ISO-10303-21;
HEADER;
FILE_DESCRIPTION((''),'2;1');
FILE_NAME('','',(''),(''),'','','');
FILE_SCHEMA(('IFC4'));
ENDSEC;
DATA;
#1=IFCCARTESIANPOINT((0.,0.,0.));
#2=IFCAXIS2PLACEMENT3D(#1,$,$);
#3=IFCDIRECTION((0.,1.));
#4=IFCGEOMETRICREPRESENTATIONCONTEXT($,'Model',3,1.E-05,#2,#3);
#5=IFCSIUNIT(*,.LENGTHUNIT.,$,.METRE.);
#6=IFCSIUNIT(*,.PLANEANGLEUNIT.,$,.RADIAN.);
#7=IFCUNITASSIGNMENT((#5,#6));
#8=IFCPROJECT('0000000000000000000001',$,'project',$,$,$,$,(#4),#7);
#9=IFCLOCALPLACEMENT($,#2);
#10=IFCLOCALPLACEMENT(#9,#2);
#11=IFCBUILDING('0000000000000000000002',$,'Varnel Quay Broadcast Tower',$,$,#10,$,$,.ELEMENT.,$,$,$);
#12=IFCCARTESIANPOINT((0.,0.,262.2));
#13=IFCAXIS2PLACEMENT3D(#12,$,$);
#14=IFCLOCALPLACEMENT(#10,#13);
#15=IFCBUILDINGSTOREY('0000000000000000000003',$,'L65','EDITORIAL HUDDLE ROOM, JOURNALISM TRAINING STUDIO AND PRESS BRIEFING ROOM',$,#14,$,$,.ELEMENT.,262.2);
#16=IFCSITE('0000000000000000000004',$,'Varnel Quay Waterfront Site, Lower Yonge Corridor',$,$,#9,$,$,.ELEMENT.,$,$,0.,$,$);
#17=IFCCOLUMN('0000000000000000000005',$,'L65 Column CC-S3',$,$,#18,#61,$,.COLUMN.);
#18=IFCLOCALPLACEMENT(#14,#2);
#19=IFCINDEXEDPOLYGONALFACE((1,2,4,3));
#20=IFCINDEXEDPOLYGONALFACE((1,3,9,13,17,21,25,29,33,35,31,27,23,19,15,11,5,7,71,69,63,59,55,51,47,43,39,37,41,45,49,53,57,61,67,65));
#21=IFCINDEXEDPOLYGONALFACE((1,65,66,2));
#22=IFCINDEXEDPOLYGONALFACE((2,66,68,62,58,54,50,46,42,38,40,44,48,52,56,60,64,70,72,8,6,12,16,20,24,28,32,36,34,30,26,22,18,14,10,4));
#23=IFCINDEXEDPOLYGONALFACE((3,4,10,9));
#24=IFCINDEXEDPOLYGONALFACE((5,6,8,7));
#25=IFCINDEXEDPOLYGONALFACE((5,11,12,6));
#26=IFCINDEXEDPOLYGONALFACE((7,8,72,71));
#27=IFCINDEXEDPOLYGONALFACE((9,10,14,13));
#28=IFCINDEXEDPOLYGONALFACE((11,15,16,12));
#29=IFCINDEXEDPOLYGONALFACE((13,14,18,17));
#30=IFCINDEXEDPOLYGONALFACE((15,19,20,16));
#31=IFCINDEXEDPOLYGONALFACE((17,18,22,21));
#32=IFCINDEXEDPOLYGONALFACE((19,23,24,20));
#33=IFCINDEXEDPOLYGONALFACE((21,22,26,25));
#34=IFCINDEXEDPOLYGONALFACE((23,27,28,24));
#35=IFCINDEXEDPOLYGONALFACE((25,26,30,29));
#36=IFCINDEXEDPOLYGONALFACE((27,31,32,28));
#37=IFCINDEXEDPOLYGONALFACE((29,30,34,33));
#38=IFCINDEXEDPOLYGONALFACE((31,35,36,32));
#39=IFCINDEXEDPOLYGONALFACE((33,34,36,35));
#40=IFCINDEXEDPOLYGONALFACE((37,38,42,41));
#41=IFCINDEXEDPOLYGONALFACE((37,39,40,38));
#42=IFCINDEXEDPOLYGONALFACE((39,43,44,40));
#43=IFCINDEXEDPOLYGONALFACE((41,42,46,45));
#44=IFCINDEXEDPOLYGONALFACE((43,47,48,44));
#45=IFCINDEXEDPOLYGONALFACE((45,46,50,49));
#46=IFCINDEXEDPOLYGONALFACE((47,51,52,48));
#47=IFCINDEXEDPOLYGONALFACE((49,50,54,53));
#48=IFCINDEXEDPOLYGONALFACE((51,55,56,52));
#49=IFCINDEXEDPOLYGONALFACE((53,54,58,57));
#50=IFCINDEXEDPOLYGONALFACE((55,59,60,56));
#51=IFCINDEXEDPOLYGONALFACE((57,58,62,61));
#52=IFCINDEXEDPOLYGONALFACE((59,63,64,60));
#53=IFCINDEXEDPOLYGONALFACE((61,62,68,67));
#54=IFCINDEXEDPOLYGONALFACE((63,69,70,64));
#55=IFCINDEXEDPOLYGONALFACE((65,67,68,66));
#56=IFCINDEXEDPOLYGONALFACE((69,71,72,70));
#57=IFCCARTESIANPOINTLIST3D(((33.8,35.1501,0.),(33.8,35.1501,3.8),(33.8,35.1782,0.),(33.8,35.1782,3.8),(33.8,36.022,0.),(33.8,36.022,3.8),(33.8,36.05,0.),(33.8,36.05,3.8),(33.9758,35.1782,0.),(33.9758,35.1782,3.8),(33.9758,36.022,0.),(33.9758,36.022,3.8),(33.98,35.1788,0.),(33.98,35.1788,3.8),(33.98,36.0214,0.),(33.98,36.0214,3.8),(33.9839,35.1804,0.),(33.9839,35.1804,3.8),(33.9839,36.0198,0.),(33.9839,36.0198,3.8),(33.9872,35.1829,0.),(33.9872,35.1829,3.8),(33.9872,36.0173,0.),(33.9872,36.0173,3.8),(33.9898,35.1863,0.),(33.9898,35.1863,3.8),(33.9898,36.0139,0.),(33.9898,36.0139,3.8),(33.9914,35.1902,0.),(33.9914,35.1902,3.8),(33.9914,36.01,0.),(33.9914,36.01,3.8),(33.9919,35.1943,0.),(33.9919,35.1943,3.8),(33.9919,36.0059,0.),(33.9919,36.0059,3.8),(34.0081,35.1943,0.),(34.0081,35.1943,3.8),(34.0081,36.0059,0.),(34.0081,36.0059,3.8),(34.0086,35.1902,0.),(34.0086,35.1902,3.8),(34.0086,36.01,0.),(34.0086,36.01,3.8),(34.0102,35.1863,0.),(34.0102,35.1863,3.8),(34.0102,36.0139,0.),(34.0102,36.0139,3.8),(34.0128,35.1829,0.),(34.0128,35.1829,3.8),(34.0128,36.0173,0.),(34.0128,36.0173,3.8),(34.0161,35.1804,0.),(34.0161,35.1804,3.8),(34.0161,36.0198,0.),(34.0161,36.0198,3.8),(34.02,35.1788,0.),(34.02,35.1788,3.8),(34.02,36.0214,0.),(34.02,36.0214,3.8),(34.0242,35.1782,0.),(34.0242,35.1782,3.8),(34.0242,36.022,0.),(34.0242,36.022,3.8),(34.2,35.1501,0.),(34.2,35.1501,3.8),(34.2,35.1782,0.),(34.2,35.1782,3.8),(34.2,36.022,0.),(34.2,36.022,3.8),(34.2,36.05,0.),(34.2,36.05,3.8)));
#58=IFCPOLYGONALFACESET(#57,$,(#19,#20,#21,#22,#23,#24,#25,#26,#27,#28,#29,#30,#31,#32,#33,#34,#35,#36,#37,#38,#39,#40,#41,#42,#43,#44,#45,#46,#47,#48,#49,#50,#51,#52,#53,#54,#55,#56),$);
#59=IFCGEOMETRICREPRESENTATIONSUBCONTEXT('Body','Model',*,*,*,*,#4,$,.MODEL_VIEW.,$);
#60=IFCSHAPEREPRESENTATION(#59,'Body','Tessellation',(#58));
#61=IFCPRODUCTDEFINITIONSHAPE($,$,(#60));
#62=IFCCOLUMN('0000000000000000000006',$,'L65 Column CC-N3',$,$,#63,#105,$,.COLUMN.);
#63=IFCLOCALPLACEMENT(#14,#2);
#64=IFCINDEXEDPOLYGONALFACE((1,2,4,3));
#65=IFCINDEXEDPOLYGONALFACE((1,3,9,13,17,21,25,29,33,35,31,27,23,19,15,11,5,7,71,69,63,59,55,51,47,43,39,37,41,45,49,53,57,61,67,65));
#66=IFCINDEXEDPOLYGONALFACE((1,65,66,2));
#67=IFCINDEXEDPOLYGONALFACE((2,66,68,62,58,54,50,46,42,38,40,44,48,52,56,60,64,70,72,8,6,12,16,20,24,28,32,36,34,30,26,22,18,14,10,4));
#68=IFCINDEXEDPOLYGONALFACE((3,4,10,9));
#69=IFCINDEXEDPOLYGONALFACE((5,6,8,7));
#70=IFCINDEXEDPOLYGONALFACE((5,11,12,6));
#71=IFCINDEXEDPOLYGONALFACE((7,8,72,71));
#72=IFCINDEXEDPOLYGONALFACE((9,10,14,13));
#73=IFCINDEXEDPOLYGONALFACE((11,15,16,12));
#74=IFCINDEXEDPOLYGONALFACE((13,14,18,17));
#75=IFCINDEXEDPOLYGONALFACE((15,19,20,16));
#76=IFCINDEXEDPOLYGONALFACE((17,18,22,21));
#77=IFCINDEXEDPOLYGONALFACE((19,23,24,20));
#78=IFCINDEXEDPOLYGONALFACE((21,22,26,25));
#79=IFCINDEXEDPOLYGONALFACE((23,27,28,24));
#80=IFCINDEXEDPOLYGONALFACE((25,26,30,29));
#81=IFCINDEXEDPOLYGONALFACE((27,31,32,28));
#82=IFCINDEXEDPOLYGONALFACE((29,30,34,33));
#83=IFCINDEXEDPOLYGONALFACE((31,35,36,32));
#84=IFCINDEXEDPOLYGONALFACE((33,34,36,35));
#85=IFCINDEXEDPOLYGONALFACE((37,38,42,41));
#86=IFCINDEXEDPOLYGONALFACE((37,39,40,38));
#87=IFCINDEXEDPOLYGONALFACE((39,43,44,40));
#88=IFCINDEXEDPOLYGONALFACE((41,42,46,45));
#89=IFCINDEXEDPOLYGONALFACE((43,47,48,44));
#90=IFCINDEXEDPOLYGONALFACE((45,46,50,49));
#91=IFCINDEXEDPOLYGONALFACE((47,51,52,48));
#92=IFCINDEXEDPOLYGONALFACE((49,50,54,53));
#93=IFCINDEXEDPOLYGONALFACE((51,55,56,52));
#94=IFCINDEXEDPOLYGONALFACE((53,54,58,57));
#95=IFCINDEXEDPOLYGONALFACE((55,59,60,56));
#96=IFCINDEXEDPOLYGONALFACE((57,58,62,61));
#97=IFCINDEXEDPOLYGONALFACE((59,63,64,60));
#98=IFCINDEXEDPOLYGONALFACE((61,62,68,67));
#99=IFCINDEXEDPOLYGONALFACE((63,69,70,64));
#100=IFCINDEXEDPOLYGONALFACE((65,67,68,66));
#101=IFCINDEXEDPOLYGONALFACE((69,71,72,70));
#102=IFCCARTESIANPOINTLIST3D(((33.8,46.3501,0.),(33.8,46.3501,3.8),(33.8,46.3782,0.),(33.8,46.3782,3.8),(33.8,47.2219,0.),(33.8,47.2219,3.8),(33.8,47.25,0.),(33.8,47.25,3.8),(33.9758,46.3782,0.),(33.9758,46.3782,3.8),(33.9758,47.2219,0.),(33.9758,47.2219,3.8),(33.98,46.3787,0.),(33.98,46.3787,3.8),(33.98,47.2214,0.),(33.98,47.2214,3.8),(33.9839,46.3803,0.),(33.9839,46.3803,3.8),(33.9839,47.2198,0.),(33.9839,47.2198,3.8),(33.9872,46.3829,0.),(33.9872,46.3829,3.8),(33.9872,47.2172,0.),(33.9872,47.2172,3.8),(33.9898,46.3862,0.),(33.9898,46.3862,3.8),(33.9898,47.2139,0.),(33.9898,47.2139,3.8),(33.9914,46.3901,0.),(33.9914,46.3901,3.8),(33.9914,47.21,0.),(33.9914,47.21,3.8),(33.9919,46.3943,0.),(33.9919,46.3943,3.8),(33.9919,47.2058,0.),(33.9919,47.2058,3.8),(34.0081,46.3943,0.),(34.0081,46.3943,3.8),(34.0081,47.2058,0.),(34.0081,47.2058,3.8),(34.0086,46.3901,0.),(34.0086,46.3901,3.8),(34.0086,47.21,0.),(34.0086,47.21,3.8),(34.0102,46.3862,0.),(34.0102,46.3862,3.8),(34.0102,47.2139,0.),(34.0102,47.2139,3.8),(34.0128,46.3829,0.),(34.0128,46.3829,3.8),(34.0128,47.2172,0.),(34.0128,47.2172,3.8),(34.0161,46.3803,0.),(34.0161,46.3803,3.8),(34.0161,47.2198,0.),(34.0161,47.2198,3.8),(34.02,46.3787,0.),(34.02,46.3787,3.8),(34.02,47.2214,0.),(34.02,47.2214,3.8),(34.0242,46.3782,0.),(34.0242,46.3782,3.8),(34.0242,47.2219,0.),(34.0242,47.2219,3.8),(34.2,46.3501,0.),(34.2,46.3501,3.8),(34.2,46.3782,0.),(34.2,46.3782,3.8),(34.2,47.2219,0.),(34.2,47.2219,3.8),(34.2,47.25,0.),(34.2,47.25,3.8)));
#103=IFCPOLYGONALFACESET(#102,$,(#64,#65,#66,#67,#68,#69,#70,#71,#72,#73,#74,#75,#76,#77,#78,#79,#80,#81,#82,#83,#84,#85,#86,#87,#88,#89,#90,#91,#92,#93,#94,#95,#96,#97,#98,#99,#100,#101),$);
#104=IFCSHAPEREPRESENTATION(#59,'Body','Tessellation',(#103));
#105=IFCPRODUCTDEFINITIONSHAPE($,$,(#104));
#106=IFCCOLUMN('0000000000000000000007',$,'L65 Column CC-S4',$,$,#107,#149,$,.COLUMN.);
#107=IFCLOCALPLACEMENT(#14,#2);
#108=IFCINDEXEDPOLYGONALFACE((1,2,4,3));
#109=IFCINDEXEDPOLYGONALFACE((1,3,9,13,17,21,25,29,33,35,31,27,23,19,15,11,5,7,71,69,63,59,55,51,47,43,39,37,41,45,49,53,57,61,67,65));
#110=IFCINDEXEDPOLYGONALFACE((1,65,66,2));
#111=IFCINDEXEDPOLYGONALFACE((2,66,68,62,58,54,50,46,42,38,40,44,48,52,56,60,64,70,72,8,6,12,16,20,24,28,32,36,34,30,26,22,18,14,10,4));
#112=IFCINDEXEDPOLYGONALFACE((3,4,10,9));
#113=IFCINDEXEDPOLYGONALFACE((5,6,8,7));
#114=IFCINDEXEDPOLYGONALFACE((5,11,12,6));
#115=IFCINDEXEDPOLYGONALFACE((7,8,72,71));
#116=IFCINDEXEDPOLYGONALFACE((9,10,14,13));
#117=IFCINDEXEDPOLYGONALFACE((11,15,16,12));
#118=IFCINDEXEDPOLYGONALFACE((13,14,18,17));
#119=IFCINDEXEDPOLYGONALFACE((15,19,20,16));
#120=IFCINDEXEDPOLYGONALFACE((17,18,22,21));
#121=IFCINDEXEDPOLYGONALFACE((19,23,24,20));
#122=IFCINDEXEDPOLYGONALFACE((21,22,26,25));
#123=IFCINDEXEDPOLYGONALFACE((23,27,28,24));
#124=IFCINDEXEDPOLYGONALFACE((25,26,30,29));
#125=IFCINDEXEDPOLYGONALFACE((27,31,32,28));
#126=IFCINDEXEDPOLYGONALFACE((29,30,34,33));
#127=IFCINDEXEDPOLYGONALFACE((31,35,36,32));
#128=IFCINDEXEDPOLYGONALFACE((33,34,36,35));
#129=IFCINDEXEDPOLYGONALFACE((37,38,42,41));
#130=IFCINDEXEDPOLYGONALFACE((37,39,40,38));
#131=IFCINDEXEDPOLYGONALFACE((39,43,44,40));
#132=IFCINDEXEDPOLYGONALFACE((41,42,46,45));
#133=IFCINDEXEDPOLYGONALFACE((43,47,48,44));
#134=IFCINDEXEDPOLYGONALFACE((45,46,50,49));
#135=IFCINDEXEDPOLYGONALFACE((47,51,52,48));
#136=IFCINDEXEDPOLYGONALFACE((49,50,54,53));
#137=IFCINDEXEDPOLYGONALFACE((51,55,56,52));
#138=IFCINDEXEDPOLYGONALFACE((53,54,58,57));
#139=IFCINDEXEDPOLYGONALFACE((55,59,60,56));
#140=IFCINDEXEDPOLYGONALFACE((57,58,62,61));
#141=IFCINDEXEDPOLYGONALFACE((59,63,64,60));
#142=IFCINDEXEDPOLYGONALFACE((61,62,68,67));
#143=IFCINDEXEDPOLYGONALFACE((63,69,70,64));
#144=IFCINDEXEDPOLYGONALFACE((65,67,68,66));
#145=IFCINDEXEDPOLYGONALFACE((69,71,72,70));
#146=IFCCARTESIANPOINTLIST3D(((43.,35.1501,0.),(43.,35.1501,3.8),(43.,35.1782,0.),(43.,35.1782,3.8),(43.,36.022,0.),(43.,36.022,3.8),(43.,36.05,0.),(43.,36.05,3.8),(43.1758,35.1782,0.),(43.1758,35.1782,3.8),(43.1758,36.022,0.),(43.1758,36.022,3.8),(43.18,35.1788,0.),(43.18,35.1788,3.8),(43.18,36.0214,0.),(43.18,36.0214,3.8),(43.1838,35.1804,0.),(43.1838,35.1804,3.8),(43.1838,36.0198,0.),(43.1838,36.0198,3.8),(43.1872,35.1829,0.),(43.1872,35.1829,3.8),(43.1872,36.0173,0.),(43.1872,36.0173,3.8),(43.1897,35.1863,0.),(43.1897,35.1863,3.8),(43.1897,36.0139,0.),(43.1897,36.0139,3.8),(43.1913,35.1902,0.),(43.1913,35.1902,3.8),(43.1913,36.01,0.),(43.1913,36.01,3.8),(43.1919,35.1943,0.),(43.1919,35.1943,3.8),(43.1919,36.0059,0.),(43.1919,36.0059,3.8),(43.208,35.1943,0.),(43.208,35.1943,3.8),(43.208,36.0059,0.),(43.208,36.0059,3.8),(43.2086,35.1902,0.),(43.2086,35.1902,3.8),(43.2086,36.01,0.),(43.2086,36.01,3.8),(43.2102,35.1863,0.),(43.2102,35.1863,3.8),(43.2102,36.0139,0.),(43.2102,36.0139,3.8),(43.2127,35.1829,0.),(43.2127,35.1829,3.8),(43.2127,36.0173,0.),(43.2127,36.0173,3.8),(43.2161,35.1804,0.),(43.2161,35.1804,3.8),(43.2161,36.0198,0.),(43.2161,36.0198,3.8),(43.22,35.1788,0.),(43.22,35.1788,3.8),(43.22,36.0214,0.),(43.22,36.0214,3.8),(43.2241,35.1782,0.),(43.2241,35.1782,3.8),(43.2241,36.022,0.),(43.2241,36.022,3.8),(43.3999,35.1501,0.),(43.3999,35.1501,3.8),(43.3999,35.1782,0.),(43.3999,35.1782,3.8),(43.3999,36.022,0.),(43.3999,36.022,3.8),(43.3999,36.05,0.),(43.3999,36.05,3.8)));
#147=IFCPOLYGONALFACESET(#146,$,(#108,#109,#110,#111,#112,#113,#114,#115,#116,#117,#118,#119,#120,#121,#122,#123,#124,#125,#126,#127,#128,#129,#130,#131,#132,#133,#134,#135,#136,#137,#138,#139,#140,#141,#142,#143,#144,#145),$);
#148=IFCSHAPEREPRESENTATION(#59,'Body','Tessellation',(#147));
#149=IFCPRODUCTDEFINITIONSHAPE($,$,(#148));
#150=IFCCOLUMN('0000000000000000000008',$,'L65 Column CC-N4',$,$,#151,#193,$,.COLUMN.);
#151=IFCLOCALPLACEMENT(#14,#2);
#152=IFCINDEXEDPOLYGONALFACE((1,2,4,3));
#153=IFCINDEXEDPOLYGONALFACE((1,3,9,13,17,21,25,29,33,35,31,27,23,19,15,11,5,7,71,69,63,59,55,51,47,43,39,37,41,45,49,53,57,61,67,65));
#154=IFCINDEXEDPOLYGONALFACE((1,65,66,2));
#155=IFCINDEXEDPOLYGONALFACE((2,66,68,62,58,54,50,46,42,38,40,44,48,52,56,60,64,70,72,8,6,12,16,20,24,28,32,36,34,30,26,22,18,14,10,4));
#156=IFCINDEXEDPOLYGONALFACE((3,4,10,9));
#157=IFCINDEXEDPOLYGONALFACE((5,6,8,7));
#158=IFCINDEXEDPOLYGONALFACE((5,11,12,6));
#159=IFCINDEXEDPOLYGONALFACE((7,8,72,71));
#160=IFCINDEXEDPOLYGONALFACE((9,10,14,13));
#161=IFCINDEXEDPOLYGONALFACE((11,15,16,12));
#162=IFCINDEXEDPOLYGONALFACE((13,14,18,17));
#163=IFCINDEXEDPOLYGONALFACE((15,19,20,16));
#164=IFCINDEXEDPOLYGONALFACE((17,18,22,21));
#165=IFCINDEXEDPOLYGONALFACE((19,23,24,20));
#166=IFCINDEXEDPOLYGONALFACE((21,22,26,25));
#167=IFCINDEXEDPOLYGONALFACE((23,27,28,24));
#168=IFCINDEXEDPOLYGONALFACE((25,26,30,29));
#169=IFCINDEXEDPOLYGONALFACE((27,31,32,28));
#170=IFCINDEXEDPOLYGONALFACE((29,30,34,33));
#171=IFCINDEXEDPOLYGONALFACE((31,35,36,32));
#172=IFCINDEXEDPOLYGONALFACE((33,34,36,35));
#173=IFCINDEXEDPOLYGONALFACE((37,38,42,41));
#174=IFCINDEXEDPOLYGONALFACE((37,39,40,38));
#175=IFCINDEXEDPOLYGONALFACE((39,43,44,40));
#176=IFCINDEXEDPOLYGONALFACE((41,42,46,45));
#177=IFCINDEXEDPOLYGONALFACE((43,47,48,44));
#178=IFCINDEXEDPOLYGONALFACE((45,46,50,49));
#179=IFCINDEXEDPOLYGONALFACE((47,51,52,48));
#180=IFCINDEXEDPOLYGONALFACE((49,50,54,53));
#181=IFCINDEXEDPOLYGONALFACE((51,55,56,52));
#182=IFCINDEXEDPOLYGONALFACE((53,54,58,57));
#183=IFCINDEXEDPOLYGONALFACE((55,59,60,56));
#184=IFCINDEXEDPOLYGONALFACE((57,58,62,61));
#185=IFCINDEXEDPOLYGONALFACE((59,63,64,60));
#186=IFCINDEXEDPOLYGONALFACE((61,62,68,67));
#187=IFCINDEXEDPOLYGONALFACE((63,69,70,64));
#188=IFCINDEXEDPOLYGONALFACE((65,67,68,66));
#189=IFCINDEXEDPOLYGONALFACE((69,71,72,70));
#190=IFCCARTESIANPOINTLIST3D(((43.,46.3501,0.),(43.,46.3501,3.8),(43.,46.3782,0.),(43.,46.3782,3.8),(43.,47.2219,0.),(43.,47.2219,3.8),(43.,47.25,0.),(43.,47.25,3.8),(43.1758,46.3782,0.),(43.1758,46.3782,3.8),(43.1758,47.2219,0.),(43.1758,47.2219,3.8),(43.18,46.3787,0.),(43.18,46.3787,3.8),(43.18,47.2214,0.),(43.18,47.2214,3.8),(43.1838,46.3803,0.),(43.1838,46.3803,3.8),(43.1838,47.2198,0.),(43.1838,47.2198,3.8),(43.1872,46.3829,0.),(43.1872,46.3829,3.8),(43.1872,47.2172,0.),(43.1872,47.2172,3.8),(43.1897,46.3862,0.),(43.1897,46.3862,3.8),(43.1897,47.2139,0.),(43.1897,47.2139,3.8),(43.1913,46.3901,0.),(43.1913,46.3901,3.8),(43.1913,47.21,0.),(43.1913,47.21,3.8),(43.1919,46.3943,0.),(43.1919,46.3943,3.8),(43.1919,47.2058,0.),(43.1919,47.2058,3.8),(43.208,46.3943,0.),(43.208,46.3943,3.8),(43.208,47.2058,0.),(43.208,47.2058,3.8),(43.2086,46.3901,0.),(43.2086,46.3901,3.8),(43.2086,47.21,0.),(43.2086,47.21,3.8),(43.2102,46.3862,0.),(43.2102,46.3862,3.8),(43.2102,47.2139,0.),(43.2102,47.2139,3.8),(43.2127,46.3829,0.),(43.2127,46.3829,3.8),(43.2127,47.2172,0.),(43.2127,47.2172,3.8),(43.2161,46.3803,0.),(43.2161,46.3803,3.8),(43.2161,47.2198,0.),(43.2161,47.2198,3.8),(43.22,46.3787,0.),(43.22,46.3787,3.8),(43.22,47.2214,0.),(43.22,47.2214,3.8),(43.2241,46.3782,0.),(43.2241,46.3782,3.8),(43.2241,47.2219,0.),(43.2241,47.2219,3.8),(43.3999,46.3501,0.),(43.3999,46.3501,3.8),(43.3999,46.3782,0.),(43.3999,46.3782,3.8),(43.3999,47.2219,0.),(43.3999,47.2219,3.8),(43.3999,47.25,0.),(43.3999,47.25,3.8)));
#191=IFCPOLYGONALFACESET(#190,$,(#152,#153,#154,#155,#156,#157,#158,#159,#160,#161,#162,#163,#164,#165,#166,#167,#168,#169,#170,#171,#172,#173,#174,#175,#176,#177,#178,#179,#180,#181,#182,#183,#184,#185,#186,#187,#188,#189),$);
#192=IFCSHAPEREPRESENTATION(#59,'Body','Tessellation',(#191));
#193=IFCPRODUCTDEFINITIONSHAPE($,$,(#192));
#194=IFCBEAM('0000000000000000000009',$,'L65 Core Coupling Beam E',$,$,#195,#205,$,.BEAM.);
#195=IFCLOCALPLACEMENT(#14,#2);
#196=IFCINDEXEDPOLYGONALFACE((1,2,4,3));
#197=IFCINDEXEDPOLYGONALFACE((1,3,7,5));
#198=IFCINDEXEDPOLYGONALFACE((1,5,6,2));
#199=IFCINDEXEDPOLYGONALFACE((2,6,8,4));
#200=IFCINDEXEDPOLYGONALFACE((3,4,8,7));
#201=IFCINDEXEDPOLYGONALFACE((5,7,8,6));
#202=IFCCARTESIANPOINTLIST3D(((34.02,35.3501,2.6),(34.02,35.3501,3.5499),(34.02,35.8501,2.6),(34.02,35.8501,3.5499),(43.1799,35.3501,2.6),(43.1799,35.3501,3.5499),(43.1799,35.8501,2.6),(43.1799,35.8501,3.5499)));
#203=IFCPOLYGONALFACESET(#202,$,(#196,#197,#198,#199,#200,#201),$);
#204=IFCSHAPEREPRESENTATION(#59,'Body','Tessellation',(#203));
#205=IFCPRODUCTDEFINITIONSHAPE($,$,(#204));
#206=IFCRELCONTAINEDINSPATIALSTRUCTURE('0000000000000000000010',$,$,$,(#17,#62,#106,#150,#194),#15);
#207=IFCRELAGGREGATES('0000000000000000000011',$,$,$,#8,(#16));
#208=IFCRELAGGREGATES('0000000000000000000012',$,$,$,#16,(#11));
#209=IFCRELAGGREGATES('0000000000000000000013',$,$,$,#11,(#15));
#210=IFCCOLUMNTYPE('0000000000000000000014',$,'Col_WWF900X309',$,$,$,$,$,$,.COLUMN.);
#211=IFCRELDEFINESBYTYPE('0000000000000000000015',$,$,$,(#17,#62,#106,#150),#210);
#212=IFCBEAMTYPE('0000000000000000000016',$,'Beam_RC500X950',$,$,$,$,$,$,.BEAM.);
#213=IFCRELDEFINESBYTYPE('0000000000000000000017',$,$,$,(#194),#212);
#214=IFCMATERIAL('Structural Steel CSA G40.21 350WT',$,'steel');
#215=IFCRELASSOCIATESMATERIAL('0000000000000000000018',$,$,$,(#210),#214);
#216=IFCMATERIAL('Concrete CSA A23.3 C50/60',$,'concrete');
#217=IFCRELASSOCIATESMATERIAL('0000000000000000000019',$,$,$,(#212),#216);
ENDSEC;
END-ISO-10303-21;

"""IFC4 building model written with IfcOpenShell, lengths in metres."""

from ifc_helpers import new_model, si_unit, direction, frame, origin, origin_2d, place, context, subcontext, project, spatial, rectangle, i_section, extrude, source, transform, mapped, material, material_profile, profile_set, type_object, type_shapes, element, save


model = new_model("IFC4")

# Units and contexts
model_context = context("Model", 3, precision=1e-05, world=origin(), true_north=direction((0.0, 1.0)))
body_context = subcontext(model_context, "Body", "Model", "MODEL_VIEW")
ifc_project = project(units=[si_unit("LENGTHUNIT", "METRE"), si_unit("PLANEANGLEUNIT", "RADIAN")], contexts=[model_context])

# Site, building, storey
site_placement = place(None, origin())
site = spatial("IfcSite", under=ifc_project, at=site_placement, Name="Varnel Quay Waterfront Site, Lower Yonge Corridor", CompositionType="ELEMENT", RefElevation=0.0)
building_placement = place(site_placement, origin())
building = spatial("IfcBuilding", under=site, at=building_placement, Name="Varnel Quay Broadcast Tower", CompositionType="ELEMENT")
storey_placement = place(building_placement, frame((0.0, 0.0, 262.2)))
storey = spatial("IfcBuildingStorey", under=building, at=storey_placement, Name="L65", Description="EDITORIAL HUDDLE ROOM, JOURNALISM TRAINING STUDIO AND PRESS BRIEFING ROOM", CompositionType="ELEMENT", Elevation=262.2)

# Columns
ifc_material_1 = material(Name="Structural Steel CSA G40.21 350WT", Category="steel")
ifc_material_profile_1 = material_profile(ifc_material_1, i_section(OverallWidth=0.3999, OverallDepth=0.8999, WebThickness=0.0161, FlangeThickness=0.0281, FilletRadius=0.0161, at=origin_2d()), Name="WWF900X309")
ifc_profile_set_1 = profile_set([ifc_material_profile_1], Name="Structural Steel CSA G40.21 350WT")
column_type = type_object("IfcColumnType", Name="Col_WWF900X309", PredefinedType="COLUMN", material=ifc_profile_set_1)
shared_shape_1 = source(origin(), body_context, "Body", "SweptSolid", [
    extrude(i_section(OverallWidth=0.3999, OverallDepth=0.8999, WebThickness=0.0161, FlangeThickness=0.0281, FilletRadius=0.0161, at=origin_2d()), origin(), (0.0, 0.0, 1.0), 3.8),
])
type_shapes(column_type, [shared_shape_1])
for number, where, z_axis, x_axis, name in (
    (1, (34.0, 35.6001, 0.0), (0.0, 0.0, 1.0), (1.0, 0.0, 0.0), "L65 Column CC-S3"),
    (2, (34.0, 46.8, 0.0), (0.0, 0.0, 1.0), (1.0, 0.0, 0.0), "L65 Column CC-N3"),
    (3, (43.2, 35.6001, 0.0), (0.0, 0.0, 1.0), (1.0, 0.0, 0.0), "L65 Column CC-S4"),
    (4, (43.2, 46.8, 0.0), (0.0, 0.0, 1.0), (1.0, 0.0, 0.0), "L65 Column CC-N4"),
):
    element("IfcColumn", number, at=place(storey_placement, frame(where, z_axis=z_axis, x_axis=x_axis)), inside=storey, type_object=column_type, Name=name, PredefinedType="COLUMN", context=body_context, shape_type="MappedRepresentation", body=[
        mapped(shared_shape_1, transform((0.0, 0.0, 0.0), x_axis=(1.0, 0.0, 0.0), y_axis=(0.0, 1.0, 0.0), z_axis=(0.0, 0.0, 1.0), scale=1.0)),
    ])

# Beam
ifc_material_2 = material(Name="Concrete CSA A23.3 C50/60", Category="concrete")
ifc_material_profile_2 = material_profile(ifc_material_2, rectangle(XDim=0.5, YDim=0.95, at=origin_2d()), Name="RC500X950")
ifc_profile_set_2 = profile_set([ifc_material_profile_2], Name="Concrete CSA A23.3 C50/60")
beam_type = type_object("IfcBeamType", Name="Beam_RC500X950", PredefinedType="BEAM", material=ifc_profile_set_2)
shared_shape_2 = source(origin(), body_context, "Body", "SweptSolid", [
    extrude(rectangle(XDim=0.5, YDim=0.95, at=origin_2d()), origin(), (0.0, 0.0, 1.0), 9.1599),
])
type_shapes(beam_type, [shared_shape_2])
beam_placement = place(storey_placement, frame((34.02, 35.6001, 3.075), z_axis=(1.0, 0.0, 0.0), x_axis=(0.0, 1.0, 0.0)))
element("IfcBeam", 5, at=beam_placement, inside=storey, type_object=beam_type, Name="L65 Core Coupling Beam E", PredefinedType="BEAM", context=body_context, shape_type="MappedRepresentation", body=[
    mapped(shared_shape_2, transform((0.0, 0.0, 0.0), x_axis=(1.0, 0.0, 0.0), y_axis=(0.0, 1.0, 0.0), z_axis=(0.0, 0.0, 1.0), scale=1.0)),
])

save(model, "model.ifc")
